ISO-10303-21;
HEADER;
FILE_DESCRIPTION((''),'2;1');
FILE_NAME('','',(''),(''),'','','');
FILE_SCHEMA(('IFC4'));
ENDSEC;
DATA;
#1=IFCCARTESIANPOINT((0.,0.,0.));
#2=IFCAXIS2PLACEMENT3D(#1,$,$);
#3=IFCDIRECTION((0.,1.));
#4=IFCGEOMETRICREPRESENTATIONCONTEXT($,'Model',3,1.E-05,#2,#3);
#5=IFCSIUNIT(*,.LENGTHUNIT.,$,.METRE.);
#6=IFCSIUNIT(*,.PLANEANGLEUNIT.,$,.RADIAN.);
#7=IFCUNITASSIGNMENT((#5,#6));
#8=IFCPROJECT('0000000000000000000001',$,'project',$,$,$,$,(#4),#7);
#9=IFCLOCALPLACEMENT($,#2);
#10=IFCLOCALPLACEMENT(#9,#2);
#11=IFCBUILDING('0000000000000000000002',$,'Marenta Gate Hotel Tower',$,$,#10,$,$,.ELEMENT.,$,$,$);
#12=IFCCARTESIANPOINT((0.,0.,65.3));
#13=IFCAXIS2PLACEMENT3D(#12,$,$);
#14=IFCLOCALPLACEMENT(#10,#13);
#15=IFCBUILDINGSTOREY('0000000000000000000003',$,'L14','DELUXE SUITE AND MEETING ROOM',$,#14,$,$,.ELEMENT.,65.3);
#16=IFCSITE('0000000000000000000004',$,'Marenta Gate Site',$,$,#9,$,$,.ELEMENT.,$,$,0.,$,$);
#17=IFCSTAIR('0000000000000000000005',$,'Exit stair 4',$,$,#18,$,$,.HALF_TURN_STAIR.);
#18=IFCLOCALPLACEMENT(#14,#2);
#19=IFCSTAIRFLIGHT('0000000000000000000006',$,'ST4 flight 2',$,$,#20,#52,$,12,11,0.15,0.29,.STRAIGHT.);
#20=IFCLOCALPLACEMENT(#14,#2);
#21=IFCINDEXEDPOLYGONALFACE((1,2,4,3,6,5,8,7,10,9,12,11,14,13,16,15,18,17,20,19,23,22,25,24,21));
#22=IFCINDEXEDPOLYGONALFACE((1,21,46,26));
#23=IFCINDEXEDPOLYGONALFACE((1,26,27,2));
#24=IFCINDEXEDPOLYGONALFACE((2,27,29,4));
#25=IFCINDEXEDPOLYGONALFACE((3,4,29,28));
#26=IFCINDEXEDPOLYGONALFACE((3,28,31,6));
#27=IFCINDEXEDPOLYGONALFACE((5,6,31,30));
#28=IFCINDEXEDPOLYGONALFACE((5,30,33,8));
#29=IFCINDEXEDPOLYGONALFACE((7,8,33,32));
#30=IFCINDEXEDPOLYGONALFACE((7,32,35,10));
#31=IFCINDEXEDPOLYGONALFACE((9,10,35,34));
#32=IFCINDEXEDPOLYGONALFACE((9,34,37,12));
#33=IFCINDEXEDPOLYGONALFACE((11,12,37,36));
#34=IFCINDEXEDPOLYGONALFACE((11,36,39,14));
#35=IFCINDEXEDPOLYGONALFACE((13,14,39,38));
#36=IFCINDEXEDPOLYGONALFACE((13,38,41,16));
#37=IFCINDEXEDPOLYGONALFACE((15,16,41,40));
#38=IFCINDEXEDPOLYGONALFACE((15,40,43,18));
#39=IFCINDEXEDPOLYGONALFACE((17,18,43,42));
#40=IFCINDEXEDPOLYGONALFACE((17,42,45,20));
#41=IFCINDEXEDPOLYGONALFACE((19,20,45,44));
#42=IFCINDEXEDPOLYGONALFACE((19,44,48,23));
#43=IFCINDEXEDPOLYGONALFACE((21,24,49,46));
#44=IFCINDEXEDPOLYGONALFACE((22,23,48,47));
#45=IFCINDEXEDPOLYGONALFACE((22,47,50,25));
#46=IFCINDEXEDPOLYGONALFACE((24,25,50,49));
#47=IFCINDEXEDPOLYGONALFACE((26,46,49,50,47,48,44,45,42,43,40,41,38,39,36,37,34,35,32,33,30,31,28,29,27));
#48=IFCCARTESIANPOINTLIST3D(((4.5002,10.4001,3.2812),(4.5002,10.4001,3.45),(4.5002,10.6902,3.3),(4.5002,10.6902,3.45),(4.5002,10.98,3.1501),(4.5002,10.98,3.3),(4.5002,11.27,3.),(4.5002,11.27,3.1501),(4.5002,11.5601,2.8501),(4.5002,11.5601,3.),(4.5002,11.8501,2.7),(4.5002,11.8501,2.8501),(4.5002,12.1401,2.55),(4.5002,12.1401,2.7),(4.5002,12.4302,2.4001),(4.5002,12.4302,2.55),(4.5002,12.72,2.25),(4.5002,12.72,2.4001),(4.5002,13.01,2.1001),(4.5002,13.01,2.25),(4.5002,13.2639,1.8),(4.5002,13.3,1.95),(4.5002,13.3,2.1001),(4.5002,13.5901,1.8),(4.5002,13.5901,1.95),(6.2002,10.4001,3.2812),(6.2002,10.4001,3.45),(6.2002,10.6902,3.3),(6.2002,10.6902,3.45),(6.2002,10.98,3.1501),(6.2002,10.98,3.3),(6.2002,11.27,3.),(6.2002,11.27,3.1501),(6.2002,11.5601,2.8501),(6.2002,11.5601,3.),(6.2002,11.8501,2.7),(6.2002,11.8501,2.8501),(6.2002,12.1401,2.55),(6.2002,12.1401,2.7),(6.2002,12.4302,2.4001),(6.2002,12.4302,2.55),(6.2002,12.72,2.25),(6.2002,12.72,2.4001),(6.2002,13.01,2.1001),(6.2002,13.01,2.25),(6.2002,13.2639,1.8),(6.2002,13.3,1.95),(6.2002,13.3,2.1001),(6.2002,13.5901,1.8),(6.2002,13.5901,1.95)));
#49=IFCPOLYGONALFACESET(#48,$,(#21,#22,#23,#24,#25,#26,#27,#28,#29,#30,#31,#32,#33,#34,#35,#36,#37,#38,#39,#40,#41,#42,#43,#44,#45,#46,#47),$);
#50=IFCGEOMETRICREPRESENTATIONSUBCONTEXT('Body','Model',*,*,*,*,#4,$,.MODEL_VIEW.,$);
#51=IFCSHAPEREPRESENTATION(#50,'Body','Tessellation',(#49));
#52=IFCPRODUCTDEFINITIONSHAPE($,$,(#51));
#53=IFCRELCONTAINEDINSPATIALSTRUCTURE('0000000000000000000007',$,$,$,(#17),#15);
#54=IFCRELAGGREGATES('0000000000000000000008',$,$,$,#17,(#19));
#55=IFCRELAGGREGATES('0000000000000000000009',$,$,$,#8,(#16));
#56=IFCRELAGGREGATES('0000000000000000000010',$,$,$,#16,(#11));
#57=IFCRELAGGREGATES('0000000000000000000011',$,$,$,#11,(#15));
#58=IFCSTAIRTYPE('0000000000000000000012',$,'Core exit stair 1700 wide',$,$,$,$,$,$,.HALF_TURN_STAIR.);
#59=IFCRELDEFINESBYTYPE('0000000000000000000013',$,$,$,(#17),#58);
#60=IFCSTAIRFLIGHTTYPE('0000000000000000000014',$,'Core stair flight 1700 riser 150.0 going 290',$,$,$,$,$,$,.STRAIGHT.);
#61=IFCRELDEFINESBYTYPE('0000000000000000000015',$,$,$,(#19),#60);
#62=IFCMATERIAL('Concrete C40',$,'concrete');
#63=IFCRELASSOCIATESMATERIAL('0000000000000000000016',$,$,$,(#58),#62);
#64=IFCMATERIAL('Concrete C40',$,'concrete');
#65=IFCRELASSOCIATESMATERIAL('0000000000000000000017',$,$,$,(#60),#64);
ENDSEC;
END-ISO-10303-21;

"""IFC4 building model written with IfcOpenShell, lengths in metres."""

from ifc_helpers import new_model, si_unit, direction, frame, origin, place, context, subcontext, project, spatial, polyline, outline, extrude, material, type_object, element, aggregate, save


model = new_model("IFC4")

# Units and contexts
model_context = context("Model", 3, precision=1e-05, world=origin(), true_north=direction((0.0, 1.0)))
body_context = subcontext(model_context, "Body", "Model", "MODEL_VIEW")
ifc_project = project(units=[si_unit("LENGTHUNIT", "METRE"), si_unit("PLANEANGLEUNIT", "RADIAN")], contexts=[model_context])

# Site, building, storey
site_placement = place(None, origin())
site = spatial("IfcSite", under=ifc_project, at=site_placement, Name="Marenta Gate Site", CompositionType="ELEMENT", RefElevation=0.0)
building_placement = place(site_placement, origin())
building = spatial("IfcBuilding", under=site, at=building_placement, Name="Marenta Gate Hotel Tower", CompositionType="ELEMENT")
storey_placement = place(building_placement, frame((0.0, 0.0, 65.3)))
storey = spatial("IfcBuildingStorey", under=building, at=storey_placement, Name="L14", Description="DELUXE SUITE AND MEETING ROOM", CompositionType="ELEMENT", Elevation=65.3)

# Stair, stair flight
ifc_material_1 = material(Name="Concrete C40", Category="concrete")
stair_type = type_object("IfcStairType", Name="Core exit stair 1700 wide", PredefinedType="HALF_TURN_STAIR", material=ifc_material_1)
ifc_material_2 = material(Name="Concrete C40", Category="concrete")
stair_flight_type = type_object("IfcStairFlightType", Name="Core stair flight 1700 riser 150.0 going 290", PredefinedType="STRAIGHT", material=ifc_material_2)
stair_1_placement = place(storey_placement, origin())
stair_1 = element("IfcStair", 1, at=stair_1_placement, inside=storey, type_object=stair_type, Name="Exit stair 4", PredefinedType="HALF_TURN_STAIR")
stair_flight_1_placement = place(storey_placement, frame((5.3501, 13.5901, 1.8), z_axis=(0.0, 0.0, 1.0), x_axis=(0.0, -1.0, 0.0)))
stair_flight_1 = element("IfcStairFlight", 2, at=stair_flight_1_placement, type_object=stair_flight_type, Name="ST4 flight 2", NumberOfRisers=12, NumberOfTreads=11, PredefinedType="STRAIGHT", RiserHeight=0.15, TreadLength=0.29, context=body_context, shape_type="SweptSolid", body=[
    extrude(outline(polyline([(0.0, 0.0), (0.0, 0.1499), (0.29, 0.1499), (0.29, 0.3), (0.5801, 0.3), (0.5801, 0.45), (0.8701, 0.45), (0.8701, 0.6001), (1.1599, 0.6001), (1.1599, 0.75), (1.45, 0.75), (1.45, 0.8999), (1.74, 0.8999), (1.74, 1.05), (2.03, 1.05), (2.03, 1.2), (2.3201, 1.2), (2.3201, 1.3501), (2.6101, 1.3501), (2.6101, 1.5), (2.8999, 1.5), (2.8999, 1.6499), (3.1899, 1.6499), (3.1899, 1.8), (3.1899, 1.4812), (0.3262, 0.0), (0.0, 0.0)])), frame((0.0, 0.8501, 0.0), z_axis=(0.0, -1.0, 0.0), x_axis=(1.0, 0.0, 0.0)), (0.0, 0.0, 1.0), 1.7),
])
aggregate(stair_1, [stair_flight_1])

save(model, "model.ifc")
